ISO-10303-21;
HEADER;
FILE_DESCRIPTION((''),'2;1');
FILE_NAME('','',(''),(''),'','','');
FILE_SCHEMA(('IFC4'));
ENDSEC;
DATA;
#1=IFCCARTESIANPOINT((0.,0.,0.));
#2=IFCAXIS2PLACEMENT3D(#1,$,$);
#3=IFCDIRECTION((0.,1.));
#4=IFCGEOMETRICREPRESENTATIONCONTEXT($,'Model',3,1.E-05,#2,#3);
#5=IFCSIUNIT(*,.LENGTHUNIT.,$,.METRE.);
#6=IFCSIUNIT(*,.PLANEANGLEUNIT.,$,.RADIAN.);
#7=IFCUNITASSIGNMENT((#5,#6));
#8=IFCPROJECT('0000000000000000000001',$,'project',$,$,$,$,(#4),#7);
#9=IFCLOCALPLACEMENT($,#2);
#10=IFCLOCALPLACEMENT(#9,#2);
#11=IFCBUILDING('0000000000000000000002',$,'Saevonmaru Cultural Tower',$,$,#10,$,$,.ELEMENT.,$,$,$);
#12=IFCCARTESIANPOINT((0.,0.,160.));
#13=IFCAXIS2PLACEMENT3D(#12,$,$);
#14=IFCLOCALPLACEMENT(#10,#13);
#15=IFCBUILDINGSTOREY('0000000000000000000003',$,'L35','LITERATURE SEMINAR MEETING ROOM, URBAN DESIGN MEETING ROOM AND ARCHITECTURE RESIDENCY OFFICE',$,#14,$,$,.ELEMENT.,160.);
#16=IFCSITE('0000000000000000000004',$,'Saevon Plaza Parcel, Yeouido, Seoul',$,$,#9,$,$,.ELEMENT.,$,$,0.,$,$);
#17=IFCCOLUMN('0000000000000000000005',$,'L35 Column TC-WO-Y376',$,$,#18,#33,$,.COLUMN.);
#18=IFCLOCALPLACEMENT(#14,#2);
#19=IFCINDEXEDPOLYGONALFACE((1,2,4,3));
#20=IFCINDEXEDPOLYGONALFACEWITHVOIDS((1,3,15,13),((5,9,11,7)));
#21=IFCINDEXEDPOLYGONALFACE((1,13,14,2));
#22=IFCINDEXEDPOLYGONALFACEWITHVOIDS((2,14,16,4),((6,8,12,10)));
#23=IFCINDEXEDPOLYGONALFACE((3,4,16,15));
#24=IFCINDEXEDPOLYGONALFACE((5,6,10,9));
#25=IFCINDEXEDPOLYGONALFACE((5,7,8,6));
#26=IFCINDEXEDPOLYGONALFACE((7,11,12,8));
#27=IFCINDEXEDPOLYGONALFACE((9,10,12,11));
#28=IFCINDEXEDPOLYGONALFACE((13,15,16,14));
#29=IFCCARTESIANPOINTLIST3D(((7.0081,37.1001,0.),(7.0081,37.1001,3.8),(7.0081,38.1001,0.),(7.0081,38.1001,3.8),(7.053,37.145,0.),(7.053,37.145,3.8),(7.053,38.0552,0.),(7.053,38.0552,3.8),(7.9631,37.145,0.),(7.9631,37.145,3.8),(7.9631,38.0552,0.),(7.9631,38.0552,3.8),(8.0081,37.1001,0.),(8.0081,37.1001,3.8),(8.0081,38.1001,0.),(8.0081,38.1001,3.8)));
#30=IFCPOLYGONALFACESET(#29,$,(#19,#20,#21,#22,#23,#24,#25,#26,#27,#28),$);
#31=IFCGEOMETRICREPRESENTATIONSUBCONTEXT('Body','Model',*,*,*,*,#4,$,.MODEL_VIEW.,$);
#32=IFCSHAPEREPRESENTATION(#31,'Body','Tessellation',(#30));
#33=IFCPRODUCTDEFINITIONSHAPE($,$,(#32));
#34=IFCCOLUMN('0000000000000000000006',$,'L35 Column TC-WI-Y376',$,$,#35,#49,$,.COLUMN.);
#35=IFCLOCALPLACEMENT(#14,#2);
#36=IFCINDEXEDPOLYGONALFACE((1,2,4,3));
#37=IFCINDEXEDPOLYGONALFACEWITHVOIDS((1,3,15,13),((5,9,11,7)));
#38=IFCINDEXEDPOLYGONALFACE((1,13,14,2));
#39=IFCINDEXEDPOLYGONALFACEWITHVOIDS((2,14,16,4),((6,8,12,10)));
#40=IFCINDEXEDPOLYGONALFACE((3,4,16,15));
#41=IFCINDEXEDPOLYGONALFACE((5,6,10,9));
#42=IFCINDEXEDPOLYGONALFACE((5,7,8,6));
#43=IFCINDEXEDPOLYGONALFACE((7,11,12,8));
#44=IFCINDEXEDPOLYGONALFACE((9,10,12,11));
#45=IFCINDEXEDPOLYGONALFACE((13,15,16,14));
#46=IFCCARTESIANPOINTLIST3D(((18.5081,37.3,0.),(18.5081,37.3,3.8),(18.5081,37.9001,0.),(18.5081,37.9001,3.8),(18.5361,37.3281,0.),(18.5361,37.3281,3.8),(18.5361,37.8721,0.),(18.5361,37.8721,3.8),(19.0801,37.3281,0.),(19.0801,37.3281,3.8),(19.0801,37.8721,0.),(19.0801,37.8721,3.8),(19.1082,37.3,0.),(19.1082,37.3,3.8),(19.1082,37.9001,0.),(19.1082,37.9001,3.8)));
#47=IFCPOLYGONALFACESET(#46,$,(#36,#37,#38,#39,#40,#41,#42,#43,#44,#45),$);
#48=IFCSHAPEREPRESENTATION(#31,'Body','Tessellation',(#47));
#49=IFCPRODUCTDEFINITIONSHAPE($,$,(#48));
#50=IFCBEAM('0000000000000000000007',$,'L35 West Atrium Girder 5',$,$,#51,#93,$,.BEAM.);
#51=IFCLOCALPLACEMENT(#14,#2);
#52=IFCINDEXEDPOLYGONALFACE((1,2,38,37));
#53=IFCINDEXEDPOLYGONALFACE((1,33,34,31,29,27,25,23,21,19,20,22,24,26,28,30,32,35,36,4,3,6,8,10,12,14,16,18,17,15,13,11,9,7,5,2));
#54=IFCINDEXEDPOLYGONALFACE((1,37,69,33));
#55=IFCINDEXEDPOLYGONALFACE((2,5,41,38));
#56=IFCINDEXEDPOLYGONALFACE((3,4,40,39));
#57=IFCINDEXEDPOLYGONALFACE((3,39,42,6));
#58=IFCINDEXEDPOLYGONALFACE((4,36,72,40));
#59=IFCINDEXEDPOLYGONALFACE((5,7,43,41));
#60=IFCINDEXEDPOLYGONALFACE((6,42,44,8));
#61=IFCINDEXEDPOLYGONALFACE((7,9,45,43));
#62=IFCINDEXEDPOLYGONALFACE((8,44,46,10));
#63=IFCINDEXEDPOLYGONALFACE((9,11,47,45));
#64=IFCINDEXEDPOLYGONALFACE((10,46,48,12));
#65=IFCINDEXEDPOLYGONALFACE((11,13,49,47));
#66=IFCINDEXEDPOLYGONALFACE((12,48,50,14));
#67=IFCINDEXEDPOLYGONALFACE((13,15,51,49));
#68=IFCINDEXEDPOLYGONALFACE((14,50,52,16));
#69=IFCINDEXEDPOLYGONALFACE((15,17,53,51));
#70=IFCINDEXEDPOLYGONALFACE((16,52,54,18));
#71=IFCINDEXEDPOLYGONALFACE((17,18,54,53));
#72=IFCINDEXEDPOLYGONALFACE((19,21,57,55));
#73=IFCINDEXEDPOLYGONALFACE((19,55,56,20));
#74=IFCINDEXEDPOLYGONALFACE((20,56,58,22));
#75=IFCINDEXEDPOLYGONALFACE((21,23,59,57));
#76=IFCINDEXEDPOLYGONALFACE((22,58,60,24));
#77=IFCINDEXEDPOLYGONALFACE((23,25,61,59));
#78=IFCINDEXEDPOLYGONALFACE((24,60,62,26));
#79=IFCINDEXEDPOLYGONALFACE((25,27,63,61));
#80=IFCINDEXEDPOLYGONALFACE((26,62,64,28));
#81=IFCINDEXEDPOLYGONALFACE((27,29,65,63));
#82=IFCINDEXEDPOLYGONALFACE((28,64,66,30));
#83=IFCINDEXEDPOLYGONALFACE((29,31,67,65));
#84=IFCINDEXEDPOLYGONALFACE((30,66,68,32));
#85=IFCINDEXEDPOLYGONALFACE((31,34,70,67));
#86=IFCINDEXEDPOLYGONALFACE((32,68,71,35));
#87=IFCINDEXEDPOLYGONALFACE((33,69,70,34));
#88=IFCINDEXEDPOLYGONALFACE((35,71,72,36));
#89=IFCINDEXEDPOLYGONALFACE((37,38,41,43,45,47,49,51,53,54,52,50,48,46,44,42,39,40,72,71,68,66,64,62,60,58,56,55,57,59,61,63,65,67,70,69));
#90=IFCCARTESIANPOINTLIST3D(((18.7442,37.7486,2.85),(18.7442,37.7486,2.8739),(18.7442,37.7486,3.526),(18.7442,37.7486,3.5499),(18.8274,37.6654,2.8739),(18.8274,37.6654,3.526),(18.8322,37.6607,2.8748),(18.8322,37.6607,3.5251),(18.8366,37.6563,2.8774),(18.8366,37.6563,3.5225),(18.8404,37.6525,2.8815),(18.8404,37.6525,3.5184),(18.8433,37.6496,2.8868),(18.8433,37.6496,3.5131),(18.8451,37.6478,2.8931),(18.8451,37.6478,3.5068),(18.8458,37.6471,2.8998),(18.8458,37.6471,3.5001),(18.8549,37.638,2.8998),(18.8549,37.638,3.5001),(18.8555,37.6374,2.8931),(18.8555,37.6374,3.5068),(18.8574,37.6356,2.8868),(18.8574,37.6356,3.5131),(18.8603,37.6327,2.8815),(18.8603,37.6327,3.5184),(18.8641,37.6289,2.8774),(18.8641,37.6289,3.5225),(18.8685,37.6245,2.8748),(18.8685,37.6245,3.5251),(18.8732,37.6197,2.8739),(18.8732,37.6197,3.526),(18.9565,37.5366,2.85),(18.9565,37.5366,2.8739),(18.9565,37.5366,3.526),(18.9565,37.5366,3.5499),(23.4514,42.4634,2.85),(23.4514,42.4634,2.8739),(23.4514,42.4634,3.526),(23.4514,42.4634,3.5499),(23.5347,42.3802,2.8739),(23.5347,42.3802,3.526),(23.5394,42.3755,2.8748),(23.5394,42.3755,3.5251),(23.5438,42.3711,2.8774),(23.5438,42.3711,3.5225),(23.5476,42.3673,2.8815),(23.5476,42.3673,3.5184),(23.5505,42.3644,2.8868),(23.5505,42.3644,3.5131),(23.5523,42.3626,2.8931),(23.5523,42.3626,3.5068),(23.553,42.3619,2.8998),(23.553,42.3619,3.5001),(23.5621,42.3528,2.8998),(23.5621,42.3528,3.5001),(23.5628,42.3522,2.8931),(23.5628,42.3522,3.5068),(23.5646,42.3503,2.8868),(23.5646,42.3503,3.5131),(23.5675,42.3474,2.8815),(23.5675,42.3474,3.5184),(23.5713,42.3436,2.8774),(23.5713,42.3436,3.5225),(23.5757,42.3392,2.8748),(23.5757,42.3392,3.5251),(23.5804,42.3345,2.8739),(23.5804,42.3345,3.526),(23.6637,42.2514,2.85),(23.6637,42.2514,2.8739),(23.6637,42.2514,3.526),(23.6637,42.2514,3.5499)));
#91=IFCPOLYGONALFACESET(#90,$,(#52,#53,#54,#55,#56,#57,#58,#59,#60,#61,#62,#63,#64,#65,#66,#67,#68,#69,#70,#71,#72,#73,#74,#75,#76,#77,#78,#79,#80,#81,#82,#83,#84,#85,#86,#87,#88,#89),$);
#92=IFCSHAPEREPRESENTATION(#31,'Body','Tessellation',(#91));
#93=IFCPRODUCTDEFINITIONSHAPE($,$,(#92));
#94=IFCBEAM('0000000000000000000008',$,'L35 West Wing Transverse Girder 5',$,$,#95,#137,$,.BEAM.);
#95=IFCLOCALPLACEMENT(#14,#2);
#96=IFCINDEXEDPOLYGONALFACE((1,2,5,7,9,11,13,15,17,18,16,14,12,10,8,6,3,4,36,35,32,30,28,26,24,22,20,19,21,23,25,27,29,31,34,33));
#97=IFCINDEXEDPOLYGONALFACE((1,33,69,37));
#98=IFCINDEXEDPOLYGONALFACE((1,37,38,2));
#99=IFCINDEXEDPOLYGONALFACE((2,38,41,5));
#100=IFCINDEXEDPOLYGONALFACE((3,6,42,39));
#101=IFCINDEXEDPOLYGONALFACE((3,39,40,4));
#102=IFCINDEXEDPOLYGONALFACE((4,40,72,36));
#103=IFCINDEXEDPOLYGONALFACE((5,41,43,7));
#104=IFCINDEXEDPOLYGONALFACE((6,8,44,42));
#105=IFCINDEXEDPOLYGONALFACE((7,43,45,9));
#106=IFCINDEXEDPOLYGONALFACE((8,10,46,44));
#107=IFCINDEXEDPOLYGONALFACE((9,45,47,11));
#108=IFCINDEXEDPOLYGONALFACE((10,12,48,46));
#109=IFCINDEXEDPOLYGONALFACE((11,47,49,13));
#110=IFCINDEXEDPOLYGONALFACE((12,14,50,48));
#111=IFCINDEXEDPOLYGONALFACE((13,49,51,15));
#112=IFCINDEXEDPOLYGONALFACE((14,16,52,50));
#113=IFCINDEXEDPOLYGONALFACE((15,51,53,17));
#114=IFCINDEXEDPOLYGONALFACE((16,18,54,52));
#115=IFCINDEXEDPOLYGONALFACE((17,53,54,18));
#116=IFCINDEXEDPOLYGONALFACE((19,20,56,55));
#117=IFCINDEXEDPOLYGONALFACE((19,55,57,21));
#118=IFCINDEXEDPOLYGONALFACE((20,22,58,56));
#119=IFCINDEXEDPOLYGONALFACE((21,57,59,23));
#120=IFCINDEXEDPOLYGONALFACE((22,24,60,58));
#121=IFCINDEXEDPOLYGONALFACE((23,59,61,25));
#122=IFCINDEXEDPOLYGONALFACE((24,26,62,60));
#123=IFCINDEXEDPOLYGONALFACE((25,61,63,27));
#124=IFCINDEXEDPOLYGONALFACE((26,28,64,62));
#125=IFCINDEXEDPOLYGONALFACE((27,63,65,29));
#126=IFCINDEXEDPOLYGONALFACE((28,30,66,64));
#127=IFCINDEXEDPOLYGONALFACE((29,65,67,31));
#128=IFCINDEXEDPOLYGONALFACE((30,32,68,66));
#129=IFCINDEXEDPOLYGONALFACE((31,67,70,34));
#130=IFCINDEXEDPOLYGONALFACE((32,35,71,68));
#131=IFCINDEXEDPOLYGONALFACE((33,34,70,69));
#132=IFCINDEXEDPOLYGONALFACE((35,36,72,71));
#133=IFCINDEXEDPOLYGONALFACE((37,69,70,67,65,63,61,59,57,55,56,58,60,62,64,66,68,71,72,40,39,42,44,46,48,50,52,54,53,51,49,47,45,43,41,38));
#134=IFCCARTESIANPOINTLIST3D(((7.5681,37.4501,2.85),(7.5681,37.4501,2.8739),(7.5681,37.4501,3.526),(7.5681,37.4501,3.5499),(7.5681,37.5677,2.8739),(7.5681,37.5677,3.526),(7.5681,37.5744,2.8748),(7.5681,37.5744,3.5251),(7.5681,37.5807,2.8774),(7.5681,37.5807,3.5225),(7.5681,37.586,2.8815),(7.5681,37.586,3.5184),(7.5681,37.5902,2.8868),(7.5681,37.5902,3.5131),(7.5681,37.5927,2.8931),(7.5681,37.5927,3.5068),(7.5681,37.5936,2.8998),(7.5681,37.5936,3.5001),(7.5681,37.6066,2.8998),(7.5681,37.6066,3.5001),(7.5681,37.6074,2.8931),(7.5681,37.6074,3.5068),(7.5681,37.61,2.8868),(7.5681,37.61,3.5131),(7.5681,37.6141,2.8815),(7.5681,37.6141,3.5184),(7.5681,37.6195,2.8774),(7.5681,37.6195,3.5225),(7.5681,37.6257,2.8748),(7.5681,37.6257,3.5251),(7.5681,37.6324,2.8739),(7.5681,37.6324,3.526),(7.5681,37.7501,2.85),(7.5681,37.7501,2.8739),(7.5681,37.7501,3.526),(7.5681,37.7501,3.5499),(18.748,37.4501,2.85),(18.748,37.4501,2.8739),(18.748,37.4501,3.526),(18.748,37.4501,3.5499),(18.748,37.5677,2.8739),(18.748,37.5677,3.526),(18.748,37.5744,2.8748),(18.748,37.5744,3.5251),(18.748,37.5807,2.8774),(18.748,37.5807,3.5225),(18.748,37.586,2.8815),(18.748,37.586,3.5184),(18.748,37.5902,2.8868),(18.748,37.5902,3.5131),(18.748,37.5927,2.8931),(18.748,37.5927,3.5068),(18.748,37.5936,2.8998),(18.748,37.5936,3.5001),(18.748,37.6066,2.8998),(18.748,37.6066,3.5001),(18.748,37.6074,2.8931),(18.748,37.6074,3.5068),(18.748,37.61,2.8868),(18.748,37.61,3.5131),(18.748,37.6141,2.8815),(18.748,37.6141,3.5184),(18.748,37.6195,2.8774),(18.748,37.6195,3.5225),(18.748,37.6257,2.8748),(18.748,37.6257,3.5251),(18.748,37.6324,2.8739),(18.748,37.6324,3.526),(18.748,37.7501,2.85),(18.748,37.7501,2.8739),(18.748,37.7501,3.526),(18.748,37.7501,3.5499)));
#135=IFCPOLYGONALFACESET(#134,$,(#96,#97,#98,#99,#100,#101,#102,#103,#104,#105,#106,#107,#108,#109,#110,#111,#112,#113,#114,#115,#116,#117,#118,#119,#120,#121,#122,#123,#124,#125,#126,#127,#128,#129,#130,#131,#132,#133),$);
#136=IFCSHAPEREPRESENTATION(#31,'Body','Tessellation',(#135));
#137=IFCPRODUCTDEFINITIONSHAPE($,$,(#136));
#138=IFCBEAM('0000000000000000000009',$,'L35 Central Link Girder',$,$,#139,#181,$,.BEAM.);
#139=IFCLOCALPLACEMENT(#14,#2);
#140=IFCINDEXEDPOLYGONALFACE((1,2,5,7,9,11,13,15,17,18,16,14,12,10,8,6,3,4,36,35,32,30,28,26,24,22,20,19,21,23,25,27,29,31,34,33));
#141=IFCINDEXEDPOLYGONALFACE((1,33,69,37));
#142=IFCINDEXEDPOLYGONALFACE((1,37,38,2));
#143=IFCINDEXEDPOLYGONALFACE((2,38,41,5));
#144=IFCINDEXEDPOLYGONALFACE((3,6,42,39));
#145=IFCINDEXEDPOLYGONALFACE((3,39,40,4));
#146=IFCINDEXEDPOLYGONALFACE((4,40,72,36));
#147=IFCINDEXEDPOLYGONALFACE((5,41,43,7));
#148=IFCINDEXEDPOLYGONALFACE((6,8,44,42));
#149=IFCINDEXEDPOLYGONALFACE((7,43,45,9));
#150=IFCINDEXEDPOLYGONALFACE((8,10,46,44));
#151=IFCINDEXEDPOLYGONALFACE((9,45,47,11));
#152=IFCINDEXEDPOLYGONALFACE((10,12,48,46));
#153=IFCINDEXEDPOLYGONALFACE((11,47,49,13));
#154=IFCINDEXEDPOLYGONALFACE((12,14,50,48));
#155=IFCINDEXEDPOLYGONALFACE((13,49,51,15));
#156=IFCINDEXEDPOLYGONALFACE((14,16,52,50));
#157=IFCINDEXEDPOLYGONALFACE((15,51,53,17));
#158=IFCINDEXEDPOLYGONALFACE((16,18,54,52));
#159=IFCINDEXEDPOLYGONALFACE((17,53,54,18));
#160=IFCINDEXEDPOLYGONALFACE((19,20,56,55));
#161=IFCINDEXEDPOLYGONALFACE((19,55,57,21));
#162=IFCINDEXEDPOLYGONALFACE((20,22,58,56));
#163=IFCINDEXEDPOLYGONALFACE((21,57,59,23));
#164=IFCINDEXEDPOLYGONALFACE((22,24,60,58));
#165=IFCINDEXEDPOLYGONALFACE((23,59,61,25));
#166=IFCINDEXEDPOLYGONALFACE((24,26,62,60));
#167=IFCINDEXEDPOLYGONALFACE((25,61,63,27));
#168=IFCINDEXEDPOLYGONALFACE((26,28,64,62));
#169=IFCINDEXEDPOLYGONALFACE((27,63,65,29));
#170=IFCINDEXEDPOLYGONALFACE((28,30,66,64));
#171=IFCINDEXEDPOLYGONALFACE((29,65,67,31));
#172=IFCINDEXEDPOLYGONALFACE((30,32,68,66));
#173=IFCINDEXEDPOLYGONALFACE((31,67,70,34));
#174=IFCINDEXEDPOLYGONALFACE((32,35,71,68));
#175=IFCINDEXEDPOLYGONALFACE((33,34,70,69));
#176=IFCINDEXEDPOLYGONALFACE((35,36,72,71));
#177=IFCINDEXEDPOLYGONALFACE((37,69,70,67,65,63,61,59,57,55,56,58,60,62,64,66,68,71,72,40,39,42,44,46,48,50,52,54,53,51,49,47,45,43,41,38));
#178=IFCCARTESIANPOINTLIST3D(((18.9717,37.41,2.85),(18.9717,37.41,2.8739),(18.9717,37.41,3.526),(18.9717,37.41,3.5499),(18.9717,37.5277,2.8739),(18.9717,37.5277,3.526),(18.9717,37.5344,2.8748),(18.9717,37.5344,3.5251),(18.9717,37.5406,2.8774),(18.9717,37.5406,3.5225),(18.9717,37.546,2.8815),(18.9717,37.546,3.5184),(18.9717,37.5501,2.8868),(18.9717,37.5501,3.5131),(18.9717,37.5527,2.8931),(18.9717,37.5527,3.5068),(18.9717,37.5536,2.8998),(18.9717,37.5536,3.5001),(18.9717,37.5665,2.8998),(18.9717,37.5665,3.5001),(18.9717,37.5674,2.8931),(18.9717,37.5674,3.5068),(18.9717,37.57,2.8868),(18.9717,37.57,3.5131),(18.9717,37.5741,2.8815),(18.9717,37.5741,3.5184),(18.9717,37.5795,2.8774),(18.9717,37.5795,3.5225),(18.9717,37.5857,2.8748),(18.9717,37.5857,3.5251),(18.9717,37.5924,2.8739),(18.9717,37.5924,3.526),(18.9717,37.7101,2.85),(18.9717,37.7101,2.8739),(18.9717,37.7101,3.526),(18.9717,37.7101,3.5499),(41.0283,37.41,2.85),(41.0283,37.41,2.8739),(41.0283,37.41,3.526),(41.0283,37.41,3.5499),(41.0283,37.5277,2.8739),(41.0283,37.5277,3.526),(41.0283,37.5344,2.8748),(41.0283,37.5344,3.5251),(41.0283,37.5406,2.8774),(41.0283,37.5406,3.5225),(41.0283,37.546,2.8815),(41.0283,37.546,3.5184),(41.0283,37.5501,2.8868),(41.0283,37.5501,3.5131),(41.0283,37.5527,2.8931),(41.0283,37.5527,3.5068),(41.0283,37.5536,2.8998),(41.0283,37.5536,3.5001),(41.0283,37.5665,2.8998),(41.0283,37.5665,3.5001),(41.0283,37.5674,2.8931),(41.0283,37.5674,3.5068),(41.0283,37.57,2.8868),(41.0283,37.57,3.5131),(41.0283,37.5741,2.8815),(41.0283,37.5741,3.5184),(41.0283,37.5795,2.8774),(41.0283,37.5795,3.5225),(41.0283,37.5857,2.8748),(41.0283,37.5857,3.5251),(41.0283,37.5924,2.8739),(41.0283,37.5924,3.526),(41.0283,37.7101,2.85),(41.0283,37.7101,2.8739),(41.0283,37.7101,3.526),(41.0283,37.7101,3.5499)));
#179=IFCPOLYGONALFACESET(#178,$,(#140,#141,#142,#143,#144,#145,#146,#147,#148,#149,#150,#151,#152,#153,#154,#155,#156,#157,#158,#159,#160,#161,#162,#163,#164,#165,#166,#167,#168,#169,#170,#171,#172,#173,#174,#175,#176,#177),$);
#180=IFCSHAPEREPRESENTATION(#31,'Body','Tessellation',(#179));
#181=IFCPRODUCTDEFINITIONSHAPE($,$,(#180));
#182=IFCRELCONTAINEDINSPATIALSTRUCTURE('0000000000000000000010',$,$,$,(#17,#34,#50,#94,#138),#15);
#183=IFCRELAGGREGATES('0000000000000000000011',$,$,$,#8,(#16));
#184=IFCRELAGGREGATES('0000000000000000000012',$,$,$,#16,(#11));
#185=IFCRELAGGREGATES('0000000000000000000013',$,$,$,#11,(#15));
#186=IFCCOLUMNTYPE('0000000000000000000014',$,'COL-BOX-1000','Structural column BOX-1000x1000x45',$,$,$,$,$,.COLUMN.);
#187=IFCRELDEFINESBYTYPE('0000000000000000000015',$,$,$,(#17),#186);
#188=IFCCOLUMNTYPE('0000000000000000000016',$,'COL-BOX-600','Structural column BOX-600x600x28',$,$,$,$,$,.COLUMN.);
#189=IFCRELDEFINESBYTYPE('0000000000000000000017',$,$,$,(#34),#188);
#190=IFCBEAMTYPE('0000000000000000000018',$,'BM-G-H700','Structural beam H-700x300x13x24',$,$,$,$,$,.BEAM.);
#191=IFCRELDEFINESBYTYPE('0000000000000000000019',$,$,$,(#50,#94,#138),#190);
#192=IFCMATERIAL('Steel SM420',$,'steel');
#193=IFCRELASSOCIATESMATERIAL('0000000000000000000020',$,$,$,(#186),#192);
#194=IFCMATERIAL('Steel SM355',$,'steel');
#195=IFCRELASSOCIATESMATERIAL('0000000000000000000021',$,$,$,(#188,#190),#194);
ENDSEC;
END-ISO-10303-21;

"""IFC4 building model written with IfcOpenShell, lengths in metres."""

from ifc_helpers import new_model, si_unit, direction, frame, origin, origin_2d, place, context, subcontext, project, spatial, hollow_rectangle, i_section, extrude, material, material_profile, profile_set, type_object, element, save


model = new_model("IFC4")

# Units and contexts
model_context = context("Model", 3, precision=1e-05, world=origin(), true_north=direction((0.0, 1.0)))
body_context = subcontext(model_context, "Body", "Model", "MODEL_VIEW")
ifc_project = project(units=[si_unit("LENGTHUNIT", "METRE"), si_unit("PLANEANGLEUNIT", "RADIAN")], contexts=[model_context])

# Site, building, storey
site_placement = place(None, origin())
site = spatial("IfcSite", under=ifc_project, at=site_placement, Name="Saevon Plaza Parcel, Yeouido, Seoul", CompositionType="ELEMENT", RefElevation=0.0)
building_placement = place(site_placement, origin())
building = spatial("IfcBuilding", under=site, at=building_placement, Name="Saevonmaru Cultural Tower", CompositionType="ELEMENT")
storey_placement = place(building_placement, frame((0.0, 0.0, 160.0)))
storey = spatial("IfcBuildingStorey", under=building, at=storey_placement, Name="L35", Description="LITERATURE SEMINAR MEETING ROOM, URBAN DESIGN MEETING ROOM AND ARCHITECTURE RESIDENCY OFFICE", CompositionType="ELEMENT", Elevation=160.0)

# Columns
ifc_material_1 = material(Name="Steel SM420", Category="steel")
ifc_material_profile_1 = material_profile(ifc_material_1, hollow_rectangle(XDim=1.0, YDim=1.0, WallThickness=0.0449, at=origin_2d()), Name="BOX-1000x1000x45")
ifc_profile_set_1 = profile_set([ifc_material_profile_1], Name="Steel SM420")
column_type_1 = type_object("IfcColumnType", Name="COL-BOX-1000", Description="Structural column BOX-1000x1000x45", PredefinedType="COLUMN", material=ifc_profile_set_1)
column_1_placement = place(storey_placement, frame((7.5081, 37.6001, 0.0), z_axis=(0.0, 0.0, 1.0), x_axis=(1.0, 0.0, 0.0)))
element("IfcColumn", 1, at=column_1_placement, inside=storey, type_object=column_type_1, Name="L35 Column TC-WO-Y376", PredefinedType="COLUMN", context=body_context, shape_type="SweptSolid", body=[
    extrude(hollow_rectangle(XDim=1.0, YDim=1.0, WallThickness=0.0449, at=origin_2d()), origin(), (0.0, 0.0, 1.0), 3.8),
])
ifc_material_2 = material(Name="Steel SM355", Category="steel")
ifc_material_profile_2 = material_profile(ifc_material_2, hollow_rectangle(XDim=0.6001, YDim=0.6001, WallThickness=0.0281, at=origin_2d()), Name="BOX-600x600x28")
ifc_profile_set_2 = profile_set([ifc_material_profile_2], Name="Steel SM355")
column_type_2 = type_object("IfcColumnType", Name="COL-BOX-600", Description="Structural column BOX-600x600x28", PredefinedType="COLUMN", material=ifc_profile_set_2)
column_2_placement = place(storey_placement, frame((18.8081, 37.6001, 0.0), z_axis=(0.0, 0.0, 1.0), x_axis=(1.0, 0.0, 0.0)))
element("IfcColumn", 2, at=column_2_placement, inside=storey, type_object=column_type_2, Name="L35 Column TC-WI-Y376", PredefinedType="COLUMN", context=body_context, shape_type="SweptSolid", body=[
    extrude(hollow_rectangle(XDim=0.6001, YDim=0.6001, WallThickness=0.0281, at=origin_2d()), origin(), (0.0, 0.0, 1.0), 3.8),
])

# Beams
ifc_material_profile_3 = material_profile(ifc_material_2, i_section(OverallWidth=0.3, OverallDepth=0.7, WebThickness=0.0129, FlangeThickness=0.0239, FilletRadius=0.0259, at=origin_2d()), Name="H-700x300x13x24")
ifc_profile_set_3 = profile_set([ifc_material_profile_3], Name="Steel SM355")
beam_type_1 = type_object("IfcBeamType", Name="BM-G-H700", Description="Structural beam H-700x300x13x24", PredefinedType="BEAM", material=ifc_profile_set_3)
beam_1_placement = place(storey_placement, frame((18.8503, 37.6426, 3.2), z_axis=(0.706539, 0.707675, 0.0), x_axis=(-0.707675, 0.706539, 0.0)))
element("IfcBeam", 3, at=beam_1_placement, inside=storey, type_object=beam_type_1, Name="L35 West Atrium Girder 5", PredefinedType="BEAM", context=body_context, shape_type="SweptSolid", body=[
    extrude(i_section(OverallWidth=0.3, OverallDepth=0.7, WebThickness=0.0129, FlangeThickness=0.0239, FilletRadius=0.0259, at=origin_2d()), origin(), (0.0, 0.0, 1.0), 6.6624),
])
beam_2_placement = place(storey_placement, frame((7.5681, 37.6001, 3.2), z_axis=(1.0, 0.0, 0.0), x_axis=(0.0, 1.0, 0.0)))
element("IfcBeam", 4, at=beam_2_placement, inside=storey, type_object=beam_type_1, Name="L35 West Wing Transverse Girder 5", PredefinedType="BEAM", context=body_context, shape_type="SweptSolid", body=[
    extrude(i_section(OverallWidth=0.3, OverallDepth=0.7, WebThickness=0.0129, FlangeThickness=0.0239, FilletRadius=0.0259, at=origin_2d()), origin(), (0.0, 0.0, 1.0), 11.1799),
])
beam_3_placement = place(storey_placement, frame((18.9717, 37.5601, 3.2), z_axis=(1.0, 0.0, 0.0), x_axis=(0.0, 1.0, 0.0)))
element("IfcBeam", 5, at=beam_3_placement, inside=storey, type_object=beam_type_1, Name="L35 Central Link Girder", PredefinedType="BEAM", context=body_context, shape_type="SweptSolid", body=[
    extrude(i_section(OverallWidth=0.3, OverallDepth=0.7, WebThickness=0.0129, FlangeThickness=0.0239, FilletRadius=0.0259, at=origin_2d()), origin(), (0.0, 0.0, 1.0), 22.0566),
])

save(model, "model.ifc")
